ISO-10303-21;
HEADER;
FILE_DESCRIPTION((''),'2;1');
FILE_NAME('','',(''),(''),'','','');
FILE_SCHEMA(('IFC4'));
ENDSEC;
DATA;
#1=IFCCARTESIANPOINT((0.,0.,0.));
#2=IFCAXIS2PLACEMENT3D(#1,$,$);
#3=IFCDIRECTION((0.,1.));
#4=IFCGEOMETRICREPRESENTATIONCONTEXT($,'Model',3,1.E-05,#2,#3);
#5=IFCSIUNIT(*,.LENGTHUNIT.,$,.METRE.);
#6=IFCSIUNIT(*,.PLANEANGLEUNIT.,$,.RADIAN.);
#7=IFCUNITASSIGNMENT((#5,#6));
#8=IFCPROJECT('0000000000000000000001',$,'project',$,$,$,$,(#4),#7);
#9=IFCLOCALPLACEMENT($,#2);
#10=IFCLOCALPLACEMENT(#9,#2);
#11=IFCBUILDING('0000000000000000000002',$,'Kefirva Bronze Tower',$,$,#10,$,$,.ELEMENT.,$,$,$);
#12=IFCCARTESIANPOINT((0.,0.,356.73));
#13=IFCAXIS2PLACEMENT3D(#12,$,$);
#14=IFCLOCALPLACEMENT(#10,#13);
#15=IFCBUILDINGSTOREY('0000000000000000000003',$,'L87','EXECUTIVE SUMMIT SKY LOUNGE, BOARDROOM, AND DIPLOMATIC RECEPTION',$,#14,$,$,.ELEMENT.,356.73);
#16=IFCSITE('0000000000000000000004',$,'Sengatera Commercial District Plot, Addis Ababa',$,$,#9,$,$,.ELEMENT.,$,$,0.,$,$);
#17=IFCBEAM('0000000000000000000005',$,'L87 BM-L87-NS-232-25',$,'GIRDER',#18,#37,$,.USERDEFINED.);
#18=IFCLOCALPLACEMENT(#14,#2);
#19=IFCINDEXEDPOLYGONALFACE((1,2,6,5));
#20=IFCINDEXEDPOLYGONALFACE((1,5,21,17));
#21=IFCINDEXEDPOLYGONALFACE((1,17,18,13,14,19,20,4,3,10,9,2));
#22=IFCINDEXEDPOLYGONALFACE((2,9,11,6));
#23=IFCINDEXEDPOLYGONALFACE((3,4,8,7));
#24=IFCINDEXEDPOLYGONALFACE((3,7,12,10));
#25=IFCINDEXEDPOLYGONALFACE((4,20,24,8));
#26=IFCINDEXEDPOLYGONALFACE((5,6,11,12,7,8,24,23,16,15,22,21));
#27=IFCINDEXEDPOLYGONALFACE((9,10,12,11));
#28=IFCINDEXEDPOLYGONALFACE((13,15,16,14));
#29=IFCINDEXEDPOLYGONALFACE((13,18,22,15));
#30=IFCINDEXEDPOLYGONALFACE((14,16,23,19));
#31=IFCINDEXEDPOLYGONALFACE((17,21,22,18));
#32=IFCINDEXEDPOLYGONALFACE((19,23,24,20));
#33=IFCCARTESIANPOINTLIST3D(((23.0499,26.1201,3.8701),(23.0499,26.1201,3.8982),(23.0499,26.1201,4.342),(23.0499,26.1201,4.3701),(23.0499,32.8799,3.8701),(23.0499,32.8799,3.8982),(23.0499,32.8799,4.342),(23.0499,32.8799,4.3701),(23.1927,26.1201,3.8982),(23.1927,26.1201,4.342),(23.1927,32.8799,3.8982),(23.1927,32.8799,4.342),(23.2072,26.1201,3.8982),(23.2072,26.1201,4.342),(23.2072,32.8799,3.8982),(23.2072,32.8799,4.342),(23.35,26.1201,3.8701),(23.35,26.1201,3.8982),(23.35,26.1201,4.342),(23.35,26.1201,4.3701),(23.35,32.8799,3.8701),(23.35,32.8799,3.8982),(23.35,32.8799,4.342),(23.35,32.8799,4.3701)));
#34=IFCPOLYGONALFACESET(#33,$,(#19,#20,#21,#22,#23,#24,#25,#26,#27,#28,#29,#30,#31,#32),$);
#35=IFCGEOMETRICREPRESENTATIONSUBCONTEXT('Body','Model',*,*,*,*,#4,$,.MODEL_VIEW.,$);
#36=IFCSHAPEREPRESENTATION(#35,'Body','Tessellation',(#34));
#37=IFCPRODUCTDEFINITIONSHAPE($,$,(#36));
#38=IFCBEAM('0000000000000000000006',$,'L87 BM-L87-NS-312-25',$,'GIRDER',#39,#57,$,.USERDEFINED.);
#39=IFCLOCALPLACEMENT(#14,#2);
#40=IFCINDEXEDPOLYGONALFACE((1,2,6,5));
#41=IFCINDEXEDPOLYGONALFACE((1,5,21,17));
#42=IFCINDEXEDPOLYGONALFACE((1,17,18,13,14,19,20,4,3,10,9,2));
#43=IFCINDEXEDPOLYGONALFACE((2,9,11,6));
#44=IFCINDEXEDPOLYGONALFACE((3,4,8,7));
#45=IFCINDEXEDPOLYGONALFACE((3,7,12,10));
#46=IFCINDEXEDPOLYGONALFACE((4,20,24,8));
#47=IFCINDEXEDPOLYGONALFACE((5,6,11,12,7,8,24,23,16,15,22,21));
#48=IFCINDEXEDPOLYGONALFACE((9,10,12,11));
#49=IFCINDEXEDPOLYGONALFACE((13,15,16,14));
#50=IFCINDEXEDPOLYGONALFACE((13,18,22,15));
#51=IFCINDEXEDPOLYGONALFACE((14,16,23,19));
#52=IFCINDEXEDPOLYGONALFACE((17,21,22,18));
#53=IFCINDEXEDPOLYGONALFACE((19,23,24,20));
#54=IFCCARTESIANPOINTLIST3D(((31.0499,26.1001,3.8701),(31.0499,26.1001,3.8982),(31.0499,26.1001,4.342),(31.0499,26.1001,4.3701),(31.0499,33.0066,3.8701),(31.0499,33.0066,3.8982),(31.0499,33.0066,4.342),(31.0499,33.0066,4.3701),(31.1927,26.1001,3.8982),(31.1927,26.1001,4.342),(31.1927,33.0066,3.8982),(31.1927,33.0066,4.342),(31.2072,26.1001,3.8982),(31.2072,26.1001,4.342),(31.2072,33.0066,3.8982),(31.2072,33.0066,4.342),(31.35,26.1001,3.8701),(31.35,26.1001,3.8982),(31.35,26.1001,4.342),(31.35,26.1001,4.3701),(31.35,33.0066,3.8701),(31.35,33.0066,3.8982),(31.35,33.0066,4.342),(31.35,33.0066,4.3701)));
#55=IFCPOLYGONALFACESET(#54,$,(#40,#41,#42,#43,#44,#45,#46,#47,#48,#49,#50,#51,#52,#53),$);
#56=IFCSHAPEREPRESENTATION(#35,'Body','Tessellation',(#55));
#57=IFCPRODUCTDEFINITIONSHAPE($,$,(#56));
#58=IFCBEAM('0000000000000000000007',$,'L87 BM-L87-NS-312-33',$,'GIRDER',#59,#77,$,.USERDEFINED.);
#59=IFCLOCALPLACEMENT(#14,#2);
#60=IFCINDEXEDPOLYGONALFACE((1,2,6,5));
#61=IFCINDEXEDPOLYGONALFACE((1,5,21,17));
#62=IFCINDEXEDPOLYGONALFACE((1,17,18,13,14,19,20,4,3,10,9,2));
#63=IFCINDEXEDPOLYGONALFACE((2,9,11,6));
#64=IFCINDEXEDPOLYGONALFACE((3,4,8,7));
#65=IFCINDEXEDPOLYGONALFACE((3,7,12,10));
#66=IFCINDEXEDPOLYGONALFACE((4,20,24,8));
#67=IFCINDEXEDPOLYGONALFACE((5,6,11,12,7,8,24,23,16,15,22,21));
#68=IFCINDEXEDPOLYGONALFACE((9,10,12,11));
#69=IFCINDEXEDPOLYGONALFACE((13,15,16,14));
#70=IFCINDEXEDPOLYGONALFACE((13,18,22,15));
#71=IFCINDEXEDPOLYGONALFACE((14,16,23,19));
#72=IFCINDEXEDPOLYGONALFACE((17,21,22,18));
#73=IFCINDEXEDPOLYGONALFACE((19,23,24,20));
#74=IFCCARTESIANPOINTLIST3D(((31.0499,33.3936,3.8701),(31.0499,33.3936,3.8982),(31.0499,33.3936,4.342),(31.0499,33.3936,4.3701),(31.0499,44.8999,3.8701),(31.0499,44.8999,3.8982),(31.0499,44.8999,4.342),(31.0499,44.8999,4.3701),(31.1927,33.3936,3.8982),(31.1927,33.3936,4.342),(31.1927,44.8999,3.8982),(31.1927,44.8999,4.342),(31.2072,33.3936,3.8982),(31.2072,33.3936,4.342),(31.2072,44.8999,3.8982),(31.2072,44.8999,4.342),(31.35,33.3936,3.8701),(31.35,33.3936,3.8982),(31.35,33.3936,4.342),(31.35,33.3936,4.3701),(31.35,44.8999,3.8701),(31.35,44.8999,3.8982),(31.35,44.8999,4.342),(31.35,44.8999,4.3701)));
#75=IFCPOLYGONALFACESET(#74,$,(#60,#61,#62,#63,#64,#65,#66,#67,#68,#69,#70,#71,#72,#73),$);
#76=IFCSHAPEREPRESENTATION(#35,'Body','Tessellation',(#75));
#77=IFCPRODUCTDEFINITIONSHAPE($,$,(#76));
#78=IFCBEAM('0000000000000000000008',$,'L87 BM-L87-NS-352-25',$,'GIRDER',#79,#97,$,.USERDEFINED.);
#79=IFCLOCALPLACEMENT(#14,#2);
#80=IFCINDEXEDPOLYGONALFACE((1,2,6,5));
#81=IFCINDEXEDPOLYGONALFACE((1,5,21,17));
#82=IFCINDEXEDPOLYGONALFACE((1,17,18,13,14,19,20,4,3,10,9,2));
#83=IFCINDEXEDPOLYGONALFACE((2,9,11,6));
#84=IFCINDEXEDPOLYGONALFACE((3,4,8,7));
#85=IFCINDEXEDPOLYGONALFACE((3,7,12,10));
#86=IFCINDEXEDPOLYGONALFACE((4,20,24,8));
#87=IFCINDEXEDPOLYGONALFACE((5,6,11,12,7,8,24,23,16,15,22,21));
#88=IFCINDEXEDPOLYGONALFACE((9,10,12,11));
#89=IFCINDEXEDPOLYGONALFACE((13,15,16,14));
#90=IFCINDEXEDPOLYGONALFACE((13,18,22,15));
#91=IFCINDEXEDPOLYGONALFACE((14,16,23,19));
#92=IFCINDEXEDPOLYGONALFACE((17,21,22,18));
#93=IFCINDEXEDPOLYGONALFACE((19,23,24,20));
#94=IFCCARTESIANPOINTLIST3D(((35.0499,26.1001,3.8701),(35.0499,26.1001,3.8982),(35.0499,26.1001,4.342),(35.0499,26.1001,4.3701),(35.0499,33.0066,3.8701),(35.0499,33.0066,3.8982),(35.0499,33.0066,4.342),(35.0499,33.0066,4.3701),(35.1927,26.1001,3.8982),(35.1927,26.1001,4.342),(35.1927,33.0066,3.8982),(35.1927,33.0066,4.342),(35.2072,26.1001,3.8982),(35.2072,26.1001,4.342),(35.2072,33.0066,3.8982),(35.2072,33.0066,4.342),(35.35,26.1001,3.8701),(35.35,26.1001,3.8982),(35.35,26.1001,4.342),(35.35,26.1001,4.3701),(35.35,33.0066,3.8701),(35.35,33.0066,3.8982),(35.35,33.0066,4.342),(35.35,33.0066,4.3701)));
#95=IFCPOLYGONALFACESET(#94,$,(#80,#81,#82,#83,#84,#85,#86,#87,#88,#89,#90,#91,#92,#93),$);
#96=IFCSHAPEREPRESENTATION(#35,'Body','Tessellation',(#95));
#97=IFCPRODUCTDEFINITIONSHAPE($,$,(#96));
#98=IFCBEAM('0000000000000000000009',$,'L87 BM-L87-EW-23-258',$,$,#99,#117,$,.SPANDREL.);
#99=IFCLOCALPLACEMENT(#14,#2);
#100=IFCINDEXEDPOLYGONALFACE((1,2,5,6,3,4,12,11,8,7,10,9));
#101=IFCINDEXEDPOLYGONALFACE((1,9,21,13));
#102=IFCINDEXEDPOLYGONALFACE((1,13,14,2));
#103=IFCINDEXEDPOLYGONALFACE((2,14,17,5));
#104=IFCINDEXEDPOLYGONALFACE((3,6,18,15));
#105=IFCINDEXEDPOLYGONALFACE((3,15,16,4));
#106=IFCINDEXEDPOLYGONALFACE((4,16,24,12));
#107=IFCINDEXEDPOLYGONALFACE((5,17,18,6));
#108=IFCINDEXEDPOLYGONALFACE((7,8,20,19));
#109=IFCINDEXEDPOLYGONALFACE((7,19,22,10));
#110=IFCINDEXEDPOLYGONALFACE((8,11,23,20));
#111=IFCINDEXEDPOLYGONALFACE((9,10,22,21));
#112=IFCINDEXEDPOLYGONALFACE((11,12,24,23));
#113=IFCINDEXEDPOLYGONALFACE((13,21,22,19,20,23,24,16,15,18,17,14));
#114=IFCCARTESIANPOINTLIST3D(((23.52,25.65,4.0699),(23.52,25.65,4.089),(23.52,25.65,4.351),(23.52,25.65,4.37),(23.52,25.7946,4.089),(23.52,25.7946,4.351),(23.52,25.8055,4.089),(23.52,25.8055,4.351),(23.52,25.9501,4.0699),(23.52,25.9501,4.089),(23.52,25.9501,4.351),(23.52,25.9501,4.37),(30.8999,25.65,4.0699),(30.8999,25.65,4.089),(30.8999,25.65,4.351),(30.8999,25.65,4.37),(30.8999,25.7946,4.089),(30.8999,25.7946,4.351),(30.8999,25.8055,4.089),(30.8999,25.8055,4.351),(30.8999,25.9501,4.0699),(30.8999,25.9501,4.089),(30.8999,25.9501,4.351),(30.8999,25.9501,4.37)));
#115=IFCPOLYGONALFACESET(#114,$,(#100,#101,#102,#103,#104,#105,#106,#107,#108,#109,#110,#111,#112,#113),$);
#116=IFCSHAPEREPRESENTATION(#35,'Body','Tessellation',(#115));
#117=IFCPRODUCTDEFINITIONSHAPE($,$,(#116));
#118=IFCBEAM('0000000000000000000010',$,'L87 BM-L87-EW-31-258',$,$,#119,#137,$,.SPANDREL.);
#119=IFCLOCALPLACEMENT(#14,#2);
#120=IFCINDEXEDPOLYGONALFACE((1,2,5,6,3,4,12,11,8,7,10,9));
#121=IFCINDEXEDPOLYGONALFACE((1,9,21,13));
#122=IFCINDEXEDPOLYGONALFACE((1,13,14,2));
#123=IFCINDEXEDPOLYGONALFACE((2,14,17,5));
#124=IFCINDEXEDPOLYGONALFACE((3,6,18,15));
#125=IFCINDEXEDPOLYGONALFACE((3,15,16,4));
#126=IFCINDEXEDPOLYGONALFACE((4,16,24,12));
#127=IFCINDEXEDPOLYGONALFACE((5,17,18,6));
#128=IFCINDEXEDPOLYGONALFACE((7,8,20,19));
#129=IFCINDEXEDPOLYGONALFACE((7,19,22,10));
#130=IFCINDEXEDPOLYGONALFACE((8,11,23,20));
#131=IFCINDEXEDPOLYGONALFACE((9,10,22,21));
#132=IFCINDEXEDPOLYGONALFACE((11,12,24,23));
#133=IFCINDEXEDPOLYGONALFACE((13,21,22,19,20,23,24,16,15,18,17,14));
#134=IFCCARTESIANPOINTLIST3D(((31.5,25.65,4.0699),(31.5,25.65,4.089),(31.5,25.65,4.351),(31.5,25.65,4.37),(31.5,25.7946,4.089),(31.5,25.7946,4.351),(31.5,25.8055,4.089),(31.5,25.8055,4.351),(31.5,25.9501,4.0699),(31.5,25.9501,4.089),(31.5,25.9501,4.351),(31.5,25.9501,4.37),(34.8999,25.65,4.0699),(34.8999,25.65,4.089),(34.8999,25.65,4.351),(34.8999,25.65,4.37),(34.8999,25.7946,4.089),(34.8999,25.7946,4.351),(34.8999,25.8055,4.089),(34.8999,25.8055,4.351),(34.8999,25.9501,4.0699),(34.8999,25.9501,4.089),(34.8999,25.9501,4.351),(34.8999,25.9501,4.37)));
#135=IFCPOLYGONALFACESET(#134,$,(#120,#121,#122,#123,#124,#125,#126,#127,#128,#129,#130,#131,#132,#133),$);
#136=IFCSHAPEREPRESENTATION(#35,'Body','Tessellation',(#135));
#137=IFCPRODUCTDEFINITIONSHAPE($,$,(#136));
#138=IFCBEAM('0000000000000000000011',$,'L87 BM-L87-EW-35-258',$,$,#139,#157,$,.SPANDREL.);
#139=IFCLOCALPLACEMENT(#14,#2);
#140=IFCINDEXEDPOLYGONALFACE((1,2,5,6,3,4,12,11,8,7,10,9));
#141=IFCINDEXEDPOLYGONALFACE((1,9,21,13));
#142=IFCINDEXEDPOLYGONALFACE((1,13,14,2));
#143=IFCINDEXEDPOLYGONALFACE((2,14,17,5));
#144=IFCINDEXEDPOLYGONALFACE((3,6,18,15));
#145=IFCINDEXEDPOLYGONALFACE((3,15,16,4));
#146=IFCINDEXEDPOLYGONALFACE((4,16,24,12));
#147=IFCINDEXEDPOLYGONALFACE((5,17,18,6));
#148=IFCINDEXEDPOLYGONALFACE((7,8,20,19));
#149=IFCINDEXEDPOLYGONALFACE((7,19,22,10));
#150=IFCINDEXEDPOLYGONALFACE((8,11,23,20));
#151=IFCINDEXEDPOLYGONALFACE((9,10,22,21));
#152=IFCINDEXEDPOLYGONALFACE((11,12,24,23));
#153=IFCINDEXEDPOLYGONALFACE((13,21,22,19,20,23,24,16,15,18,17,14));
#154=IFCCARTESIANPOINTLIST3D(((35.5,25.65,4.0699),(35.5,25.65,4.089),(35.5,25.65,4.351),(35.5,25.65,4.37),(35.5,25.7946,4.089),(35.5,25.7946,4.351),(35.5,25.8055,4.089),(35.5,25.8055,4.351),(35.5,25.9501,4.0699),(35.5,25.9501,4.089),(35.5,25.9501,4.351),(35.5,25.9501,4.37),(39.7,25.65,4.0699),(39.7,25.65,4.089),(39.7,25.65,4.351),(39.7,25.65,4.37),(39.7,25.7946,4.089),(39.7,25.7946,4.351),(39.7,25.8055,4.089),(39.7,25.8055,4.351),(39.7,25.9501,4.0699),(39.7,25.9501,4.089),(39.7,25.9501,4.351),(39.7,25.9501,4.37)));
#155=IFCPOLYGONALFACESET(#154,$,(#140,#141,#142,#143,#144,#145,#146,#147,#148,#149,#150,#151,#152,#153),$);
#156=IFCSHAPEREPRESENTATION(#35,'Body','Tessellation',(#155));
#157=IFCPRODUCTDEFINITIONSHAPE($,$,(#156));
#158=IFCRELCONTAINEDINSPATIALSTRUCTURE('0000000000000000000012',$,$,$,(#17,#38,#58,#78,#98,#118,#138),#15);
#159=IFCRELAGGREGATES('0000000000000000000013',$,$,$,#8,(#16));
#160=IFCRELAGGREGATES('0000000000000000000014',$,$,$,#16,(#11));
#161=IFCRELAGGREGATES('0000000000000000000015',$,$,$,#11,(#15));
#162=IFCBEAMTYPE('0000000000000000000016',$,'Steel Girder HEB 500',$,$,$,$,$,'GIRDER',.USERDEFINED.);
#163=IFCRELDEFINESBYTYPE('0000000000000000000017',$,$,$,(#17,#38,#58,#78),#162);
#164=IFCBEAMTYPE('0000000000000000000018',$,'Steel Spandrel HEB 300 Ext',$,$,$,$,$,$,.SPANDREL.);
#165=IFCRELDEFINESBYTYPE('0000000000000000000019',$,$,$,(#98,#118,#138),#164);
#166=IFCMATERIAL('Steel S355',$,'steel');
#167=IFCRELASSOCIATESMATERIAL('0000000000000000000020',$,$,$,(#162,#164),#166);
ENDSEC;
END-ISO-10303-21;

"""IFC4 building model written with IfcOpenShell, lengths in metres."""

from ifc_helpers import new_model, si_unit, direction, frame, origin, origin_2d, place, context, subcontext, project, spatial, i_section, extrude, material, material_profile, profile_set, type_object, element, save


model = new_model("IFC4")

# Units and contexts
model_context = context("Model", 3, precision=1e-05, world=origin(), true_north=direction((0.0, 1.0)))
body_context = subcontext(model_context, "Body", "Model", "MODEL_VIEW")
ifc_project = project(units=[si_unit("LENGTHUNIT", "METRE"), si_unit("PLANEANGLEUNIT", "RADIAN")], contexts=[model_context])

# Site, building, storey
site_placement = place(None, origin())
site = spatial("IfcSite", under=ifc_project, at=site_placement, Name="Sengatera Commercial District Plot, Addis Ababa", CompositionType="ELEMENT", RefElevation=0.0)
building_placement = place(site_placement, origin())
building = spatial("IfcBuilding", under=site, at=building_placement, Name="Kefirva Bronze Tower", CompositionType="ELEMENT")
storey_placement = place(building_placement, frame((0.0, 0.0, 356.73)))
storey = spatial("IfcBuildingStorey", under=building, at=storey_placement, Name="L87", Description="EXECUTIVE SUMMIT SKY LOUNGE, BOARDROOM, AND DIPLOMATIC RECEPTION", CompositionType="ELEMENT", Elevation=356.73)

# Beams
ifc_material_1 = material(Name="Steel S355", Category="steel")
ifc_material_profile_1 = material_profile(ifc_material_1, i_section(OverallWidth=0.3, OverallDepth=0.5, WebThickness=0.0144, FlangeThickness=0.0281, at=origin_2d()), Name="HEB 500")
ifc_profile_set_1 = profile_set([ifc_material_profile_1], Name="Steel S355")
beam_type_1 = type_object("IfcBeamType", Name="Steel Girder HEB 500", ElementType="GIRDER", PredefinedType="USERDEFINED", material=ifc_profile_set_1)
beam_1_placement = place(storey_placement, frame((23.2, 26.1201, 4.1201), z_axis=(0.0, 1.0, 0.0), x_axis=(-1.0, 0.0, 0.0)))
element("IfcBeam", 1, at=beam_1_placement, inside=storey, type_object=beam_type_1, Name="L87 BM-L87-NS-232-25", ObjectType="GIRDER", PredefinedType="USERDEFINED", context=body_context, shape_type="SweptSolid", body=[
    extrude(i_section(OverallWidth=0.3, OverallDepth=0.5, WebThickness=0.0144, FlangeThickness=0.0281, at=origin_2d()), origin(), (0.0, 0.0, 1.0), 6.7598),
])
beam_2_placement = place(storey_placement, frame((31.2, 26.1001, 4.1201), z_axis=(0.0, 1.0, 0.0), x_axis=(-1.0, 0.0, 0.0)))
element("IfcBeam", 2, at=beam_2_placement, inside=storey, type_object=beam_type_1, Name="L87 BM-L87-NS-312-25", ObjectType="GIRDER", PredefinedType="USERDEFINED", context=body_context, shape_type="SweptSolid", body=[
    extrude(i_section(OverallWidth=0.3, OverallDepth=0.5, WebThickness=0.0144, FlangeThickness=0.0281, at=origin_2d()), origin(), (0.0, 0.0, 1.0), 6.9065),
])
beam_3_placement = place(storey_placement, frame((31.2, 33.3936, 4.1201), z_axis=(0.0, 1.0, 0.0), x_axis=(-1.0, 0.0, 0.0)))
element("IfcBeam", 3, at=beam_3_placement, inside=storey, type_object=beam_type_1, Name="L87 BM-L87-NS-312-33", ObjectType="GIRDER", PredefinedType="USERDEFINED", context=body_context, shape_type="SweptSolid", body=[
    extrude(i_section(OverallWidth=0.3, OverallDepth=0.5, WebThickness=0.0144, FlangeThickness=0.0281, at=origin_2d()), origin(), (0.0, 0.0, 1.0), 11.5063),
])
beam_4_placement = place(storey_placement, frame((35.2, 26.1001, 4.1201), z_axis=(0.0, 1.0, 0.0), x_axis=(-1.0, 0.0, 0.0)))
element("IfcBeam", 4, at=beam_4_placement, inside=storey, type_object=beam_type_1, Name="L87 BM-L87-NS-352-25", ObjectType="GIRDER", PredefinedType="USERDEFINED", context=body_context, shape_type="SweptSolid", body=[
    extrude(i_section(OverallWidth=0.3, OverallDepth=0.5, WebThickness=0.0144, FlangeThickness=0.0281, at=origin_2d()), origin(), (0.0, 0.0, 1.0), 6.9065),
])
ifc_material_profile_2 = material_profile(ifc_material_1, i_section(OverallWidth=0.3, OverallDepth=0.3, WebThickness=0.011, FlangeThickness=0.019, at=origin_2d()), Name="HEB 300")
ifc_profile_set_2 = profile_set([ifc_material_profile_2], Name="Steel S355")
beam_type_2 = type_object("IfcBeamType", Name="Steel Spandrel HEB 300 Ext", PredefinedType="SPANDREL", material=ifc_profile_set_2)
beam_5_placement = place(storey_placement, frame((23.52, 25.8, 4.22), z_axis=(1.0, 0.0, 0.0), x_axis=(0.0, 1.0, 0.0)))
element("IfcBeam", 5, at=beam_5_placement, inside=storey, type_object=beam_type_2, Name="L87 BM-L87-EW-23-258", PredefinedType="SPANDREL", context=body_context, shape_type="SweptSolid", body=[
    extrude(i_section(OverallWidth=0.3, OverallDepth=0.3, WebThickness=0.011, FlangeThickness=0.019, at=origin_2d()), origin(), (0.0, 0.0, 1.0), 7.3799),
])
beam_6_placement = place(storey_placement, frame((31.5, 25.8, 4.22), z_axis=(1.0, 0.0, 0.0), x_axis=(0.0, 1.0, 0.0)))
element("IfcBeam", 6, at=beam_6_placement, inside=storey, type_object=beam_type_2, Name="L87 BM-L87-EW-31-258", PredefinedType="SPANDREL", context=body_context, shape_type="SweptSolid", body=[
    extrude(i_section(OverallWidth=0.3, OverallDepth=0.3, WebThickness=0.011, FlangeThickness=0.019, at=origin_2d()), origin(), (0.0, 0.0, 1.0), 3.3999),
])
beam_7_placement = place(storey_placement, frame((35.5, 25.8, 4.22), z_axis=(1.0, 0.0, 0.0), x_axis=(0.0, 1.0, 0.0)))
element("IfcBeam", 7, at=beam_7_placement, inside=storey, type_object=beam_type_2, Name="L87 BM-L87-EW-35-258", PredefinedType="SPANDREL", context=body_context, shape_type="SweptSolid", body=[
    extrude(i_section(OverallWidth=0.3, OverallDepth=0.3, WebThickness=0.011, FlangeThickness=0.019, at=origin_2d()), origin(), (0.0, 0.0, 1.0), 4.2),
])

save(model, "model.ifc")
